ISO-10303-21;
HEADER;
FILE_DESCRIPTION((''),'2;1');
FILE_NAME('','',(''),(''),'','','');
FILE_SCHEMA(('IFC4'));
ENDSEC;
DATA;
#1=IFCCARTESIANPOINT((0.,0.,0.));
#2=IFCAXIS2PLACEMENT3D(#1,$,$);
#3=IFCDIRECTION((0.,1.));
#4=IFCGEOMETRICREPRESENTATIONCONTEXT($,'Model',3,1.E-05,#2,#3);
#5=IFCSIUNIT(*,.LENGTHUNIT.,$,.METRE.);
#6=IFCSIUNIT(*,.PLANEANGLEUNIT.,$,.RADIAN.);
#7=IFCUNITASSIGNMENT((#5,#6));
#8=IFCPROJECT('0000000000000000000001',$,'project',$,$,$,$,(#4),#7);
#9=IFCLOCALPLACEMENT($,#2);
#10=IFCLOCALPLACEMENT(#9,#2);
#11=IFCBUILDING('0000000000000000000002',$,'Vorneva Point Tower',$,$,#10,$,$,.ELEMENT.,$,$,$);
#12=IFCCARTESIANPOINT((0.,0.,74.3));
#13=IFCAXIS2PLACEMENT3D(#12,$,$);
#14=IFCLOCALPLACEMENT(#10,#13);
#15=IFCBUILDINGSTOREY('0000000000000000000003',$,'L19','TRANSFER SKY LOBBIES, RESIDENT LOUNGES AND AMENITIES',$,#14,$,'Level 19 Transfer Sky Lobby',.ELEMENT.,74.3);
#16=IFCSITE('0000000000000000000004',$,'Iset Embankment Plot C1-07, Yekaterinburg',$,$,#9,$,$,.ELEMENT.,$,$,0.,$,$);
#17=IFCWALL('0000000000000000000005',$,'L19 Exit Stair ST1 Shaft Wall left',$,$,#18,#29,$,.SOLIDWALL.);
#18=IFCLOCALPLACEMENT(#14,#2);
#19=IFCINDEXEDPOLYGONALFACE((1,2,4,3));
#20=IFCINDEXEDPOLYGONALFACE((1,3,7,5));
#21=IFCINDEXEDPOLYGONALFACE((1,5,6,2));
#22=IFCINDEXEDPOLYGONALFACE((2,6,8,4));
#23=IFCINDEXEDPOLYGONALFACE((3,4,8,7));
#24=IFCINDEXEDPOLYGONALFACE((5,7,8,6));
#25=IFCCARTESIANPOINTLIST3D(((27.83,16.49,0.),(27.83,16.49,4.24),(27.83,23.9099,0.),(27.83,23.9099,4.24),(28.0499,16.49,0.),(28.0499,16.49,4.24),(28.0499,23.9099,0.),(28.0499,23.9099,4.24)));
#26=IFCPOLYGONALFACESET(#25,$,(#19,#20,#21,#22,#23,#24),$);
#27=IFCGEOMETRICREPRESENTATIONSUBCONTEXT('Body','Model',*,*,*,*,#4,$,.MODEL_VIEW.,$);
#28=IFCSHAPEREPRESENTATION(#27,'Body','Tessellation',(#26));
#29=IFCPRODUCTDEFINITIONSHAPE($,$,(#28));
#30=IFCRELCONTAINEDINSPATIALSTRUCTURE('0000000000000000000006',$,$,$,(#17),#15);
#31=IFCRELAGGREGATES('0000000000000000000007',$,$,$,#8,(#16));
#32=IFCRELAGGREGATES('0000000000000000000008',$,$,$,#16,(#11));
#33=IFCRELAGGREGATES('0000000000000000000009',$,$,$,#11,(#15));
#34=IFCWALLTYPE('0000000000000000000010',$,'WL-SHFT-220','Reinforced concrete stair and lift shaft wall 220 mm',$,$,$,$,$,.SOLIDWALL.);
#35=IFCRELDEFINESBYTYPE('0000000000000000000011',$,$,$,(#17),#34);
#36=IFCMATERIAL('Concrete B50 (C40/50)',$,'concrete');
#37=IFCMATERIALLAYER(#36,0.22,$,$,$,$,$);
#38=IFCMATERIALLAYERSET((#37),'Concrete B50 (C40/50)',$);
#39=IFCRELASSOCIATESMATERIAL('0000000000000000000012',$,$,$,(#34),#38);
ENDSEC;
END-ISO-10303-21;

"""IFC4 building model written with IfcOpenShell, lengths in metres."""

from ifc_helpers import new_model, si_unit, direction, frame, frame_2d, origin, place, context, subcontext, project, spatial, rectangle, extrude, material, layer, layer_set, type_object, element, save


model = new_model("IFC4")

# Units and contexts
model_context = context("Model", 3, precision=1e-05, world=origin(), true_north=direction((0.0, 1.0)))
body_context = subcontext(model_context, "Body", "Model", "MODEL_VIEW")
ifc_project = project(units=[si_unit("LENGTHUNIT", "METRE"), si_unit("PLANEANGLEUNIT", "RADIAN")], contexts=[model_context])

# Site, building, storey
site_placement = place(None, origin())
site = spatial("IfcSite", under=ifc_project, at=site_placement, Name="Iset Embankment Plot C1-07, Yekaterinburg", CompositionType="ELEMENT", RefElevation=0.0)
building_placement = place(site_placement, origin())
building = spatial("IfcBuilding", under=site, at=building_placement, Name="Vorneva Point Tower", CompositionType="ELEMENT")
storey_placement = place(building_placement, frame((0.0, 0.0, 74.3)))
storey = spatial("IfcBuildingStorey", under=building, at=storey_placement, Name="L19", Description="TRANSFER SKY LOBBIES, RESIDENT LOUNGES AND AMENITIES", LongName="Level 19 Transfer Sky Lobby", CompositionType="ELEMENT", Elevation=74.3)

# Shared definitions
ifc_material_1 = material(Name="Concrete B50 (C40/50)", Category="concrete")
ifc_layer_1 = layer(ifc_material_1, 0.22)
ifc_layer_set_1 = layer_set([ifc_layer_1], Name="Concrete B50 (C40/50)")
wall_type_1 = type_object("IfcWallType", Name="WL-SHFT-220", Description="Reinforced concrete stair and lift shaft wall 220 mm", PredefinedType="SOLIDWALL", material=ifc_layer_set_1)

# Wall
wall_1_placement = place(storey_placement, frame((27.9399, 16.49, 0.0), z_axis=(0.0, 0.0, 1.0), x_axis=(0.0, 1.0, 0.0)))
element("IfcWall", 1, at=wall_1_placement, inside=storey, type_object=wall_type_1, Name="L19 Exit Stair ST1 Shaft Wall left", PredefinedType="SOLIDWALL", context=body_context, shape_type="SweptSolid", body=[
    extrude(rectangle(XDim=7.4199, YDim=0.22, at=frame_2d((3.71, 0.0))), origin(), (0.0, 0.0, 1.0), 4.24),
])

save(model, "model.ifc")
